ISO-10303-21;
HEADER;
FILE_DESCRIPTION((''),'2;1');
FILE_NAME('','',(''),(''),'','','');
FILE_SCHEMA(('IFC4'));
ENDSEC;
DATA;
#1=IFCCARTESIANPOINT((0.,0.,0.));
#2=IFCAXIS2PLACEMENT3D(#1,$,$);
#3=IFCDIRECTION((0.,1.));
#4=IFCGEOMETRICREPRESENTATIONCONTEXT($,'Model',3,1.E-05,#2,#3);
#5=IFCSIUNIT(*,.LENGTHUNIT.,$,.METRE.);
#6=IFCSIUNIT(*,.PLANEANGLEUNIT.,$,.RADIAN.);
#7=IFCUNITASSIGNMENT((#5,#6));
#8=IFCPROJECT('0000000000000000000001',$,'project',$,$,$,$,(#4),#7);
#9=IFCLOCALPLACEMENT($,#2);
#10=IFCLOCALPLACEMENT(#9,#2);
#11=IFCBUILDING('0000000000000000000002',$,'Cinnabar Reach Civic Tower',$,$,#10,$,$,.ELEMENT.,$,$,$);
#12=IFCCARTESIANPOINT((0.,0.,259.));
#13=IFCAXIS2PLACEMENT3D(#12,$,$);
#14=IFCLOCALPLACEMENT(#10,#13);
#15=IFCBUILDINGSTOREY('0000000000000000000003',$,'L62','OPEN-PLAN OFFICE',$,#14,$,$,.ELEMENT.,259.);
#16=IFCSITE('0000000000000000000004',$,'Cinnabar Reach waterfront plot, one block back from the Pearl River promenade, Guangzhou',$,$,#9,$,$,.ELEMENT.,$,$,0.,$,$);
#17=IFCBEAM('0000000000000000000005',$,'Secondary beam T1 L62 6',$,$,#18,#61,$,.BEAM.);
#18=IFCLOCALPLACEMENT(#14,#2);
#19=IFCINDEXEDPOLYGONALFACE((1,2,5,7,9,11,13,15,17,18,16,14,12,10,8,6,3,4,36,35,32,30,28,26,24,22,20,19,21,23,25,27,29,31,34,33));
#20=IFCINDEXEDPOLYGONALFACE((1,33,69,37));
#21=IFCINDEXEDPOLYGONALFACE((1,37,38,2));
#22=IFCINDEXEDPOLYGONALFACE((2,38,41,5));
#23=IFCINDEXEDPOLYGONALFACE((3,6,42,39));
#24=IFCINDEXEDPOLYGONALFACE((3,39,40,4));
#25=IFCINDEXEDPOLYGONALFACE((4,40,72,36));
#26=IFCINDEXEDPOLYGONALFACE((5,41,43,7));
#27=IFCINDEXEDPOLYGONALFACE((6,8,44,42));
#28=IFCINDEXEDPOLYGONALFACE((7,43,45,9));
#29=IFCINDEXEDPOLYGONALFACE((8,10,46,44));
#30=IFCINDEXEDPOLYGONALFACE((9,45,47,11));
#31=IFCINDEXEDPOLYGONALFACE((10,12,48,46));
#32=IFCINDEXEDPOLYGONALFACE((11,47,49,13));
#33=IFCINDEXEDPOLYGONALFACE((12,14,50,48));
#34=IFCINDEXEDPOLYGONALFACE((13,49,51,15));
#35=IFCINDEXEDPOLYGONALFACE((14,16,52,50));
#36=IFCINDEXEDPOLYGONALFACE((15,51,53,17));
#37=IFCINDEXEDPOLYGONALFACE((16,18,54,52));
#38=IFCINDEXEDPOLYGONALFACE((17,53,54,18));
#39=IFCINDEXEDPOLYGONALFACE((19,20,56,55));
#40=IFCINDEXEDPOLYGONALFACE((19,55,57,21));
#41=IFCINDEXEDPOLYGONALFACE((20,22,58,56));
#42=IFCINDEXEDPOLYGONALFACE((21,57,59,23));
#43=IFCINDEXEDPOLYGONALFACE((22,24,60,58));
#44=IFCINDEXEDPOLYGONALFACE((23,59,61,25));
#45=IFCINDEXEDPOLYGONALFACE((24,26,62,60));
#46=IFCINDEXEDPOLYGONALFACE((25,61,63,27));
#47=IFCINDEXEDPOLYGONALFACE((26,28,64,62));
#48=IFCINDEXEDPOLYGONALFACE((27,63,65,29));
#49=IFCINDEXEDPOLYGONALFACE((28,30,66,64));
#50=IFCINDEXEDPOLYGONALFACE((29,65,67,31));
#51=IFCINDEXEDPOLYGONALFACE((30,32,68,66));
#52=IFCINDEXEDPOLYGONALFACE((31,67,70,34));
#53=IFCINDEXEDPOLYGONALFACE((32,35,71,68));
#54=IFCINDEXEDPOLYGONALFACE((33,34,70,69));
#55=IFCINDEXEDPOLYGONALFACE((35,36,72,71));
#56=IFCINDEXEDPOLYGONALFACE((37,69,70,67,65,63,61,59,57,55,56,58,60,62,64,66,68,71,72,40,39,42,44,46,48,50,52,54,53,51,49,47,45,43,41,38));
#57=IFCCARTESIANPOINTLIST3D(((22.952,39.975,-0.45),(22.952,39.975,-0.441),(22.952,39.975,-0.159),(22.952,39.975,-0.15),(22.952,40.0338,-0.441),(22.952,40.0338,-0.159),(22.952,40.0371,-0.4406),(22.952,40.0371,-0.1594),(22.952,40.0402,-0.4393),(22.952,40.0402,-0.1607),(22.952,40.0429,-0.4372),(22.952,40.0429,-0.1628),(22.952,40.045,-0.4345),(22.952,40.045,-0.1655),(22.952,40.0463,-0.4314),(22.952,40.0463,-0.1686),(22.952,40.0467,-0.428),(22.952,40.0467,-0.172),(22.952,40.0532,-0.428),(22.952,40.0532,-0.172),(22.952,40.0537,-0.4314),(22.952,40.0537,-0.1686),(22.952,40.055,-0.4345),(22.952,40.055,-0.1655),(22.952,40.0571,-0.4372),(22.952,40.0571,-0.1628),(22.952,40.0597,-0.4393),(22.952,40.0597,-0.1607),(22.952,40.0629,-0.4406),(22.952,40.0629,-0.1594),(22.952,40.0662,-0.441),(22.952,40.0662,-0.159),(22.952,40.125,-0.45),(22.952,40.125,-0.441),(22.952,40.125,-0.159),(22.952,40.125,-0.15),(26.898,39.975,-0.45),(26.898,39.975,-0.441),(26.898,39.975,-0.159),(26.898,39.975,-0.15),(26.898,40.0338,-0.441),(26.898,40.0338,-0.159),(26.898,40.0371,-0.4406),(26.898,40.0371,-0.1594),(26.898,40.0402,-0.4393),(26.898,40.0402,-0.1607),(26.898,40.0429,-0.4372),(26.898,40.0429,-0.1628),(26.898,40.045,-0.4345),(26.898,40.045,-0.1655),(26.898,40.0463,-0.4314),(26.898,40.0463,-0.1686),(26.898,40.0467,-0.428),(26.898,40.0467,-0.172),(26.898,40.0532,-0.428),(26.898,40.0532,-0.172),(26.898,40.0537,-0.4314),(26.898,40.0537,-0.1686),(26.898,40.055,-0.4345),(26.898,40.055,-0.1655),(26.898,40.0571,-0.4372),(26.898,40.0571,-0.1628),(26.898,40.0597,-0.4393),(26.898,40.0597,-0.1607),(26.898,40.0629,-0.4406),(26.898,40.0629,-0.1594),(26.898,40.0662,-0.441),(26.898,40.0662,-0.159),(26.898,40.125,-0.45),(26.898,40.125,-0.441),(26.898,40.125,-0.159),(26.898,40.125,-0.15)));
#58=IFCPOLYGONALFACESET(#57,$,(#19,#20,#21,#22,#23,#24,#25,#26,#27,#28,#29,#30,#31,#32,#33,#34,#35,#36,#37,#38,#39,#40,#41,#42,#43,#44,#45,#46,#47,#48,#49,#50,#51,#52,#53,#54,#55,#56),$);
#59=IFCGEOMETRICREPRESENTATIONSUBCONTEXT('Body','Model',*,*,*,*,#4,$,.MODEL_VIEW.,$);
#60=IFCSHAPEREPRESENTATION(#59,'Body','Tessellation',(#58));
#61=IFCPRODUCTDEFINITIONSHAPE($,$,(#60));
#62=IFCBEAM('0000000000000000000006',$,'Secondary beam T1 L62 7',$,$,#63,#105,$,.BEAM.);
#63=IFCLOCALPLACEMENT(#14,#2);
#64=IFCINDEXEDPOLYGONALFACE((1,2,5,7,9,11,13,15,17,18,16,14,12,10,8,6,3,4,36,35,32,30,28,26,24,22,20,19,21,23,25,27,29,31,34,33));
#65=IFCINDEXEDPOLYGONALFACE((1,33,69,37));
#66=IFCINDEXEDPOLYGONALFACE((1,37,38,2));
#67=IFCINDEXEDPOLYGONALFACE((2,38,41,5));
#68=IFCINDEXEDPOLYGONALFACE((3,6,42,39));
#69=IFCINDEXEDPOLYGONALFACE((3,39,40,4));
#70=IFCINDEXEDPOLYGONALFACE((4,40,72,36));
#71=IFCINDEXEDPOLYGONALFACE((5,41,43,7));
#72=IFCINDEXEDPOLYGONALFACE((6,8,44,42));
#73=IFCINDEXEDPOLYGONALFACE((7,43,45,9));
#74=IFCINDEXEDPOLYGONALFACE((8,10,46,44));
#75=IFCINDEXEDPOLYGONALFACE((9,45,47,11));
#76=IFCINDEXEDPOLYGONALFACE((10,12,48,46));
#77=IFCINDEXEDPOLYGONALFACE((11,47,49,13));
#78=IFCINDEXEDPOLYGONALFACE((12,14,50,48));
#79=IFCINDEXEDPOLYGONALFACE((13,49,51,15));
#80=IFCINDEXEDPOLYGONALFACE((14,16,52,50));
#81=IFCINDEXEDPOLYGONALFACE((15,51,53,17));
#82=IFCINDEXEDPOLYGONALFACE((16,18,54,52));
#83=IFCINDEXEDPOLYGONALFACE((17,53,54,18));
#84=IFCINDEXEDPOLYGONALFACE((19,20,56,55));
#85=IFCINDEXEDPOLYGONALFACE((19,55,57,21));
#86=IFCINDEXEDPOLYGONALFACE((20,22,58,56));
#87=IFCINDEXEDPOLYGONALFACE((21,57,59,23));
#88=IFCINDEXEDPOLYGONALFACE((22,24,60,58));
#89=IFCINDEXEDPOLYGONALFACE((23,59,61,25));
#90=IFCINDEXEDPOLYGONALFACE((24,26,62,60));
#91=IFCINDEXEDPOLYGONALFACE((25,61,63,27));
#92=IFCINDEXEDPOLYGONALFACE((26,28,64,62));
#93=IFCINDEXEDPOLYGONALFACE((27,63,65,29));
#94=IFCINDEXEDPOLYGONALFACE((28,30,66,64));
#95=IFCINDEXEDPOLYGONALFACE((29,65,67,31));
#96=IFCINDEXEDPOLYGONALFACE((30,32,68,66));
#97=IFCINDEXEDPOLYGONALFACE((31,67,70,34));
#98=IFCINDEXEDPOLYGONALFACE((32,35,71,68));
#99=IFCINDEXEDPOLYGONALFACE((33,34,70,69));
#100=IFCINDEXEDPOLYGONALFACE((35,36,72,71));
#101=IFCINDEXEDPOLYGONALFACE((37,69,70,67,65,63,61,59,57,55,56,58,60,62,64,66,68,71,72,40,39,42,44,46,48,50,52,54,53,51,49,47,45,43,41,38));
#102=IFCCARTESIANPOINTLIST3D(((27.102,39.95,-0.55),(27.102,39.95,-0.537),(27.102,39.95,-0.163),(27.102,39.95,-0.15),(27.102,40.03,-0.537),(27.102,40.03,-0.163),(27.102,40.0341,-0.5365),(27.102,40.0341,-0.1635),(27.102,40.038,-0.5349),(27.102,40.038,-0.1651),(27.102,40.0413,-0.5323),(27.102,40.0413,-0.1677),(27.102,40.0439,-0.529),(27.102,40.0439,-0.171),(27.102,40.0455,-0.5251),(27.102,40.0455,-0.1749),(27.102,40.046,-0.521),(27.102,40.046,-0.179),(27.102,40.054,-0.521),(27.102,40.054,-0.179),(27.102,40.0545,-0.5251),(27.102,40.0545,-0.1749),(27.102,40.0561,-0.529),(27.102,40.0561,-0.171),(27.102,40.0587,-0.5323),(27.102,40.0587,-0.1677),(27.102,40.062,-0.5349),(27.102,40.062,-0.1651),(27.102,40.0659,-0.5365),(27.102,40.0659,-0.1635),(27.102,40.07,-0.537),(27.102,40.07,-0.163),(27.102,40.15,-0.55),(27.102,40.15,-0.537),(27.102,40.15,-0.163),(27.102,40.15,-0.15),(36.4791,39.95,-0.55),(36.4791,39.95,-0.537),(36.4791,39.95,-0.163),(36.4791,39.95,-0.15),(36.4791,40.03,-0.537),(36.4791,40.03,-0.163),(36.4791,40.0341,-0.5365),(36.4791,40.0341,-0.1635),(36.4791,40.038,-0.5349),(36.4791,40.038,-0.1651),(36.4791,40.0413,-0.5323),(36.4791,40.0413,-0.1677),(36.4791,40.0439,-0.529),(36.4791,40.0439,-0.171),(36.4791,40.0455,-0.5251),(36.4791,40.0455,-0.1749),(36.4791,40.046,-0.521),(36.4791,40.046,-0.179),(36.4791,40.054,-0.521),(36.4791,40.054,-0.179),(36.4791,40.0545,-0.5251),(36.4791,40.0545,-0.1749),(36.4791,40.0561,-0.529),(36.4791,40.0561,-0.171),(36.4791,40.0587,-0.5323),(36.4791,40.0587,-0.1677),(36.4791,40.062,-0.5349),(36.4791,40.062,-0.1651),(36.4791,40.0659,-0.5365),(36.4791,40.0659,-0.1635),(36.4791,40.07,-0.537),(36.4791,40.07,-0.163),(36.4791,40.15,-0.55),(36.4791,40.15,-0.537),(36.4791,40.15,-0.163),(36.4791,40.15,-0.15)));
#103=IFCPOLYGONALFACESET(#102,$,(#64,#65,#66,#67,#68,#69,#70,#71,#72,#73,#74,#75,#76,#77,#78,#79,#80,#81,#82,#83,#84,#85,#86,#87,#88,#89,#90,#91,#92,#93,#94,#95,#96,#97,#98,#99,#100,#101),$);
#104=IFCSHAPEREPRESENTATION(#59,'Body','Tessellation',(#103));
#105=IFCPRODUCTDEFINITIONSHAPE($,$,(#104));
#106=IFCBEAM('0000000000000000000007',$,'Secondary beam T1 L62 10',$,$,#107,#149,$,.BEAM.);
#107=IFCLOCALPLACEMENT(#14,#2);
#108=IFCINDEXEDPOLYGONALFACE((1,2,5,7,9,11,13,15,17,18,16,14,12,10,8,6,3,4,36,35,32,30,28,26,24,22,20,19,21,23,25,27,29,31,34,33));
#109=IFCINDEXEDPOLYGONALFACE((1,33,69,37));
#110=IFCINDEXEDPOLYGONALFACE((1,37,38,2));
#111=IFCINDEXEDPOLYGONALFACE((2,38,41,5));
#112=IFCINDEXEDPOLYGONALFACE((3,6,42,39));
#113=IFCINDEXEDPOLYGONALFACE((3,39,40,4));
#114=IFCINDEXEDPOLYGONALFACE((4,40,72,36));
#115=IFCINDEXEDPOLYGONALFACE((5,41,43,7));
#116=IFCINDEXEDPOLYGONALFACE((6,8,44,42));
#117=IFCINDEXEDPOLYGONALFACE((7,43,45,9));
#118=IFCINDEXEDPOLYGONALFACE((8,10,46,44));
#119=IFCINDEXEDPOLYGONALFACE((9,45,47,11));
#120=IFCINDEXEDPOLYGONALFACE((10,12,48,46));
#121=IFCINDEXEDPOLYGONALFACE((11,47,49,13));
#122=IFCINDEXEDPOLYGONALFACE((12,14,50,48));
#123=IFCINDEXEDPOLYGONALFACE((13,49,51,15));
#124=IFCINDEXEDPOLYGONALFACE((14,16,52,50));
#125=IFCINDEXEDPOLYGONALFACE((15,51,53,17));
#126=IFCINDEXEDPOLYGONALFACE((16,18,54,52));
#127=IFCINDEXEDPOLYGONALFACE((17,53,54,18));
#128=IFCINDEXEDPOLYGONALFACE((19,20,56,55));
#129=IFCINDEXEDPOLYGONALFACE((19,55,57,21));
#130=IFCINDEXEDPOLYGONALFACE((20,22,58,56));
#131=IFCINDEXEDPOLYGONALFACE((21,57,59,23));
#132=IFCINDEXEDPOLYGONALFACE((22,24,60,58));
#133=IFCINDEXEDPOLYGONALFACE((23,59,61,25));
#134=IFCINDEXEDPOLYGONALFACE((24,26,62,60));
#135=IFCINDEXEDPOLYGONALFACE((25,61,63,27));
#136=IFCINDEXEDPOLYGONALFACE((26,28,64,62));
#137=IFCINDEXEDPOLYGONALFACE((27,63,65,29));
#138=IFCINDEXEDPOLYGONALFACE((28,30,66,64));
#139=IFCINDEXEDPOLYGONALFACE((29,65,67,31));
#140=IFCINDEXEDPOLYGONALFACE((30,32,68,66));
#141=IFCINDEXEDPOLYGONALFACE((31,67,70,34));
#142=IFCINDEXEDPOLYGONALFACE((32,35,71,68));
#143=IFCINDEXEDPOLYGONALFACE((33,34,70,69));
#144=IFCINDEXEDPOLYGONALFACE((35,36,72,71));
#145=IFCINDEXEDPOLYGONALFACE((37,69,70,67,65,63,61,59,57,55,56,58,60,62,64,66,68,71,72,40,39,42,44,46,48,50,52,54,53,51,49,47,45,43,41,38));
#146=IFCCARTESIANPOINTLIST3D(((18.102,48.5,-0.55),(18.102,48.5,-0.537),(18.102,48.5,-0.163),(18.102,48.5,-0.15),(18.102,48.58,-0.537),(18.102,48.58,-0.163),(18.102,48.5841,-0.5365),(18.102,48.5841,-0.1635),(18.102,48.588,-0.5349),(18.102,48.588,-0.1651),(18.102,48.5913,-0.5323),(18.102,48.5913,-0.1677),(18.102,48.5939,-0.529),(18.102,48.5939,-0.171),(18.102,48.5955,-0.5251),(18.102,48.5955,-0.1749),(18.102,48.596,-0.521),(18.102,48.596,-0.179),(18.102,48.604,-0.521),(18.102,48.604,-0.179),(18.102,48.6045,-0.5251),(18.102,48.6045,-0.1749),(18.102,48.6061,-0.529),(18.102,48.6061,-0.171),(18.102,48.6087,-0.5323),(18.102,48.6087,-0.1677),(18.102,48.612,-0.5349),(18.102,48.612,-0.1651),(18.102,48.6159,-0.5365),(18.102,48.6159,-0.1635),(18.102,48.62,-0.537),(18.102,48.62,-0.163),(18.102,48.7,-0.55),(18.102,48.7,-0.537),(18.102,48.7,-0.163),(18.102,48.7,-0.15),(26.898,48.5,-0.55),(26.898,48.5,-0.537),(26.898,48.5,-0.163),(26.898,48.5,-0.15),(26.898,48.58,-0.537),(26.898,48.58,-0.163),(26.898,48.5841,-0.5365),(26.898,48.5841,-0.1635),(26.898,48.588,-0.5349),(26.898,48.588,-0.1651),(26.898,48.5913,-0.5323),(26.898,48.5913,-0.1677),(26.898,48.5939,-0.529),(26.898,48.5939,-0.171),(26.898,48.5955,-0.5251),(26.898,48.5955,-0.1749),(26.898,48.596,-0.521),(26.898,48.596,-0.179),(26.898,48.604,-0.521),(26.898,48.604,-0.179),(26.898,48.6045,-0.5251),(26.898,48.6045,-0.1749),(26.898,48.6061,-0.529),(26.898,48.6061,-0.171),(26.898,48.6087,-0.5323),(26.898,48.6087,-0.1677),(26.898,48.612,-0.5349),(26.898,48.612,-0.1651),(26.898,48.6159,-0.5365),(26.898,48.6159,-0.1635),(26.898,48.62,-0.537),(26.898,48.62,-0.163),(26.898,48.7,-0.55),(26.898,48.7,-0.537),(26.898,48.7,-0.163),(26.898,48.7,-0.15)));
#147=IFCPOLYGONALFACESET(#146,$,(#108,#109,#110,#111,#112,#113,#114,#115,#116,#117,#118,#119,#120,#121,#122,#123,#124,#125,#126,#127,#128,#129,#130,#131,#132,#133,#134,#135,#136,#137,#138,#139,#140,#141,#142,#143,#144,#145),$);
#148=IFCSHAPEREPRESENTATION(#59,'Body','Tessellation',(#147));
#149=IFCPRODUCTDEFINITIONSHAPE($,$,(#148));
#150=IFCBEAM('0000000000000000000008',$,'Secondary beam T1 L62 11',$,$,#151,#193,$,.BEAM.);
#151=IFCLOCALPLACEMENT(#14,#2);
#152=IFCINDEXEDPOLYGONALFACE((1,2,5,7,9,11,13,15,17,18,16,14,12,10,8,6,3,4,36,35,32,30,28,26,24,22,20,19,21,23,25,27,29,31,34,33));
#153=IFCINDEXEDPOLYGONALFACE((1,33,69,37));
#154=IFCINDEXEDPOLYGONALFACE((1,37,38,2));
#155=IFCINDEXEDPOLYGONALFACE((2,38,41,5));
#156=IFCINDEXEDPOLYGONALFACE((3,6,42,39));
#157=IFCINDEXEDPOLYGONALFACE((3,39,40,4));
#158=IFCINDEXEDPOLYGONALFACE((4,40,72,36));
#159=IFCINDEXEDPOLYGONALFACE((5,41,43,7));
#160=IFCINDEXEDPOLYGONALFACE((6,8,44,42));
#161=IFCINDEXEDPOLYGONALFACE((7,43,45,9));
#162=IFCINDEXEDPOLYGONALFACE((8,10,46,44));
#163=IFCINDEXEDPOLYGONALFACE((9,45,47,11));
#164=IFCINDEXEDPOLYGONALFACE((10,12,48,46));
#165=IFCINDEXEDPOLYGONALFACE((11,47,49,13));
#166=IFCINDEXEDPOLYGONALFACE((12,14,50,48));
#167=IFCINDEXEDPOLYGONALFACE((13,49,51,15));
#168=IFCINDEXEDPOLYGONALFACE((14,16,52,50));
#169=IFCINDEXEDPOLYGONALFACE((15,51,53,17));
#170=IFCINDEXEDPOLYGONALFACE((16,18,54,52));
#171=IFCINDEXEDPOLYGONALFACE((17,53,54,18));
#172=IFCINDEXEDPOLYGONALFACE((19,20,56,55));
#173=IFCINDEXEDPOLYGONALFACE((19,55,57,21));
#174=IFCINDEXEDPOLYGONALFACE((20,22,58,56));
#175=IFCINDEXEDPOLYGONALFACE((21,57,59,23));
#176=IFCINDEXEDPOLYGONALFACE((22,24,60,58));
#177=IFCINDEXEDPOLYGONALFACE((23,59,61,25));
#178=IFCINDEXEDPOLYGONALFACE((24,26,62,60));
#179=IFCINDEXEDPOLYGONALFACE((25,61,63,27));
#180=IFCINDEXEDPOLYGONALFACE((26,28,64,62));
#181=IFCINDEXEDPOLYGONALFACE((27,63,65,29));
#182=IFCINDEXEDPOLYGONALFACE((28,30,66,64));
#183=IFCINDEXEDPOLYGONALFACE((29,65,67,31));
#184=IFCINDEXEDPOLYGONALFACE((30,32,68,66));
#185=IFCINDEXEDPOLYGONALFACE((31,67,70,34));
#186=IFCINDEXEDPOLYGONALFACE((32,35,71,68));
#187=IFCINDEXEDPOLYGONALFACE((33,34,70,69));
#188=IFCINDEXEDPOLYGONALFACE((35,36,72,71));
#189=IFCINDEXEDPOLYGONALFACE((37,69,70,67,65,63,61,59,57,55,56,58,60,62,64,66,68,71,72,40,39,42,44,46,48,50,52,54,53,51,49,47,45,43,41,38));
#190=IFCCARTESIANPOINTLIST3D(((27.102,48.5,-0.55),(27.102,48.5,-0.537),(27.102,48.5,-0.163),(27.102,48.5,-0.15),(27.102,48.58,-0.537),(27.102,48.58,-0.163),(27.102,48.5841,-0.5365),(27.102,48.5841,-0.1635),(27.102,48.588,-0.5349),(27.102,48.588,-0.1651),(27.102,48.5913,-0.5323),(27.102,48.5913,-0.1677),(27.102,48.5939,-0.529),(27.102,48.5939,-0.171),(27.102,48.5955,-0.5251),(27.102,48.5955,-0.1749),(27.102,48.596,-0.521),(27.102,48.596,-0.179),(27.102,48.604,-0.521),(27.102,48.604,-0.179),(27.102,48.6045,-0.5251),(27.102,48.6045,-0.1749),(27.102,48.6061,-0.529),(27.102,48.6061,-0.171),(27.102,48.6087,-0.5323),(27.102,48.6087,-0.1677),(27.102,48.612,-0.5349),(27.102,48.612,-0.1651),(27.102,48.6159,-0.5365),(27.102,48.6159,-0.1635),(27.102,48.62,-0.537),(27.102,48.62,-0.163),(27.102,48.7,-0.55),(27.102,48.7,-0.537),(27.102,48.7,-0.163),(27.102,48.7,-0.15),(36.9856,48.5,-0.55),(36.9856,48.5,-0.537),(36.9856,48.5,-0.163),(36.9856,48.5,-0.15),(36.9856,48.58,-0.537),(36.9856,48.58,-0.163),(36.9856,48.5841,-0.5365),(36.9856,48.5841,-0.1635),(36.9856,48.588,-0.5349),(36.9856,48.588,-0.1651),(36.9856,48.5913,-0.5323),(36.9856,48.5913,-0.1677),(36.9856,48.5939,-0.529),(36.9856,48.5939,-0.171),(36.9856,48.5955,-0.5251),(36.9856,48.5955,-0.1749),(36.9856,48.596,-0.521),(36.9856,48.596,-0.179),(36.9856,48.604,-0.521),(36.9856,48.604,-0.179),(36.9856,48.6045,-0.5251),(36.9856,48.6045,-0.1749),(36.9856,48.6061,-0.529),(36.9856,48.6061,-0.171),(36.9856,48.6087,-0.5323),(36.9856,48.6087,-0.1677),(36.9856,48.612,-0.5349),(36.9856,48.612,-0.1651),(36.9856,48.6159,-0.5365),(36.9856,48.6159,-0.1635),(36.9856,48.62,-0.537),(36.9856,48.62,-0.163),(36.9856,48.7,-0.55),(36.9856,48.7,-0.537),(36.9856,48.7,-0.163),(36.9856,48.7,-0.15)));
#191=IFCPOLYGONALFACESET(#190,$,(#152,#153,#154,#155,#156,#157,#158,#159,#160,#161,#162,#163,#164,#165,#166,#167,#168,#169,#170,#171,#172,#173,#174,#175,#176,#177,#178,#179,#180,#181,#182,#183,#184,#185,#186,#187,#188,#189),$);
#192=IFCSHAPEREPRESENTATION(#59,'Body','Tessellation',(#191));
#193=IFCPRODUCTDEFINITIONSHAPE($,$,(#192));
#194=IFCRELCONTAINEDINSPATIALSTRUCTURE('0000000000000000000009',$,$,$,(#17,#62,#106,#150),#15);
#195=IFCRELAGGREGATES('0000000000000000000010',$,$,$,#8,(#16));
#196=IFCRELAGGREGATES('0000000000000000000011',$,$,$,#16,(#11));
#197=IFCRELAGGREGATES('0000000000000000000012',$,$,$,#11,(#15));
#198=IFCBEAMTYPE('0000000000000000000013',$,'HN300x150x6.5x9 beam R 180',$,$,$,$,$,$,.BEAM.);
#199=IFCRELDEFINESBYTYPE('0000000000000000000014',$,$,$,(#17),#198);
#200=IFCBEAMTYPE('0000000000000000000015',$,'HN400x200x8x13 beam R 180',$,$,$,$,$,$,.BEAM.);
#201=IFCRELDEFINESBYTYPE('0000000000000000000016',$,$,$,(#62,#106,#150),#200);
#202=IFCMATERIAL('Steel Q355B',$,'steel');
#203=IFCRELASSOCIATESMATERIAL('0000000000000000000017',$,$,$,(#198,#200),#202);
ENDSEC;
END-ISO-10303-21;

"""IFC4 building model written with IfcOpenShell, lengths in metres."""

from ifc_helpers import new_model, si_unit, direction, frame, origin, origin_2d, place, context, subcontext, project, spatial, i_section, extrude, material, material_profile, profile_set, type_object, element, save


model = new_model("IFC4")

# Units and contexts
model_context = context("Model", 3, precision=1e-05, world=origin(), true_north=direction((0.0, 1.0)))
body_context = subcontext(model_context, "Body", "Model", "MODEL_VIEW")
ifc_project = project(units=[si_unit("LENGTHUNIT", "METRE"), si_unit("PLANEANGLEUNIT", "RADIAN")], contexts=[model_context])

# Site, building, storey
site_placement = place(None, origin())
site = spatial("IfcSite", under=ifc_project, at=site_placement, Name="Cinnabar Reach waterfront plot, one block back from the Pearl River promenade, Guangzhou", CompositionType="ELEMENT", RefElevation=0.0)
building_placement = place(site_placement, origin())
building = spatial("IfcBuilding", under=site, at=building_placement, Name="Cinnabar Reach Civic Tower", CompositionType="ELEMENT")
storey_placement = place(building_placement, frame((0.0, 0.0, 259.0)))
storey = spatial("IfcBuildingStorey", under=building, at=storey_placement, Name="L62", Description="OPEN-PLAN OFFICE", CompositionType="ELEMENT", Elevation=259.0)

# Beams
ifc_material_1 = material(Name="Steel Q355B", Category="steel")
ifc_material_profile_1 = material_profile(ifc_material_1, i_section(OverallWidth=0.15, OverallDepth=0.3, WebThickness=0.0065, FlangeThickness=0.009, FilletRadius=0.013, at=origin_2d()), Name="HN300x150x6.5x9")
ifc_profile_set_1 = profile_set([ifc_material_profile_1], Name="Steel Q355B")
beam_type_1 = type_object("IfcBeamType", Name="HN300x150x6.5x9 beam R 180", PredefinedType="BEAM", material=ifc_profile_set_1)
beam_1_placement = place(storey_placement, frame((22.952, 40.05, -0.3), z_axis=(1.0, 0.0, 0.0), x_axis=(0.0, 1.0, 0.0)))
element("IfcBeam", 1, at=beam_1_placement, inside=storey, type_object=beam_type_1, Name="Secondary beam T1 L62 6", PredefinedType="BEAM", context=body_context, shape_type="SweptSolid", body=[
    extrude(i_section(OverallWidth=0.15, OverallDepth=0.3, WebThickness=0.0065, FlangeThickness=0.009, FilletRadius=0.013, at=origin_2d()), origin(), (0.0, 0.0, 1.0), 3.946),
])
ifc_material_profile_2 = material_profile(ifc_material_1, i_section(OverallWidth=0.2, OverallDepth=0.4, WebThickness=0.008, FlangeThickness=0.013, FilletRadius=0.016, at=origin_2d()), Name="HN400x200x8x13")
ifc_profile_set_2 = profile_set([ifc_material_profile_2], Name="Steel Q355B")
beam_type_2 = type_object("IfcBeamType", Name="HN400x200x8x13 beam R 180", PredefinedType="BEAM", material=ifc_profile_set_2)
beam_2_placement = place(storey_placement, frame((27.102, 40.05, -0.35), z_axis=(1.0, 0.0, 0.0), x_axis=(0.0, 1.0, 0.0)))
element("IfcBeam", 2, at=beam_2_placement, inside=storey, type_object=beam_type_2, Name="Secondary beam T1 L62 7", PredefinedType="BEAM", context=body_context, shape_type="SweptSolid", body=[
    extrude(i_section(OverallWidth=0.2, OverallDepth=0.4, WebThickness=0.008, FlangeThickness=0.013, FilletRadius=0.016, at=origin_2d()), origin(), (0.0, 0.0, 1.0), 9.3771),
])
beam_3_placement = place(storey_placement, frame((18.102, 48.6, -0.35), z_axis=(1.0, 0.0, 0.0), x_axis=(0.0, 1.0, 0.0)))
element("IfcBeam", 3, at=beam_3_placement, inside=storey, type_object=beam_type_2, Name="Secondary beam T1 L62 10", PredefinedType="BEAM", context=body_context, shape_type="SweptSolid", body=[
    extrude(i_section(OverallWidth=0.2, OverallDepth=0.4, WebThickness=0.008, FlangeThickness=0.013, FilletRadius=0.016, at=origin_2d()), origin(), (0.0, 0.0, 1.0), 8.796),
])
beam_4_placement = place(storey_placement, frame((27.102, 48.6, -0.35), z_axis=(1.0, 0.0, 0.0), x_axis=(0.0, 1.0, 0.0)))
element("IfcBeam", 4, at=beam_4_placement, inside=storey, type_object=beam_type_2, Name="Secondary beam T1 L62 11", PredefinedType="BEAM", context=body_context, shape_type="SweptSolid", body=[
    extrude(i_section(OverallWidth=0.2, OverallDepth=0.4, WebThickness=0.008, FlangeThickness=0.013, FilletRadius=0.016, at=origin_2d()), origin(), (0.0, 0.0, 1.0), 9.8836),
])

save(model, "model.ifc")
